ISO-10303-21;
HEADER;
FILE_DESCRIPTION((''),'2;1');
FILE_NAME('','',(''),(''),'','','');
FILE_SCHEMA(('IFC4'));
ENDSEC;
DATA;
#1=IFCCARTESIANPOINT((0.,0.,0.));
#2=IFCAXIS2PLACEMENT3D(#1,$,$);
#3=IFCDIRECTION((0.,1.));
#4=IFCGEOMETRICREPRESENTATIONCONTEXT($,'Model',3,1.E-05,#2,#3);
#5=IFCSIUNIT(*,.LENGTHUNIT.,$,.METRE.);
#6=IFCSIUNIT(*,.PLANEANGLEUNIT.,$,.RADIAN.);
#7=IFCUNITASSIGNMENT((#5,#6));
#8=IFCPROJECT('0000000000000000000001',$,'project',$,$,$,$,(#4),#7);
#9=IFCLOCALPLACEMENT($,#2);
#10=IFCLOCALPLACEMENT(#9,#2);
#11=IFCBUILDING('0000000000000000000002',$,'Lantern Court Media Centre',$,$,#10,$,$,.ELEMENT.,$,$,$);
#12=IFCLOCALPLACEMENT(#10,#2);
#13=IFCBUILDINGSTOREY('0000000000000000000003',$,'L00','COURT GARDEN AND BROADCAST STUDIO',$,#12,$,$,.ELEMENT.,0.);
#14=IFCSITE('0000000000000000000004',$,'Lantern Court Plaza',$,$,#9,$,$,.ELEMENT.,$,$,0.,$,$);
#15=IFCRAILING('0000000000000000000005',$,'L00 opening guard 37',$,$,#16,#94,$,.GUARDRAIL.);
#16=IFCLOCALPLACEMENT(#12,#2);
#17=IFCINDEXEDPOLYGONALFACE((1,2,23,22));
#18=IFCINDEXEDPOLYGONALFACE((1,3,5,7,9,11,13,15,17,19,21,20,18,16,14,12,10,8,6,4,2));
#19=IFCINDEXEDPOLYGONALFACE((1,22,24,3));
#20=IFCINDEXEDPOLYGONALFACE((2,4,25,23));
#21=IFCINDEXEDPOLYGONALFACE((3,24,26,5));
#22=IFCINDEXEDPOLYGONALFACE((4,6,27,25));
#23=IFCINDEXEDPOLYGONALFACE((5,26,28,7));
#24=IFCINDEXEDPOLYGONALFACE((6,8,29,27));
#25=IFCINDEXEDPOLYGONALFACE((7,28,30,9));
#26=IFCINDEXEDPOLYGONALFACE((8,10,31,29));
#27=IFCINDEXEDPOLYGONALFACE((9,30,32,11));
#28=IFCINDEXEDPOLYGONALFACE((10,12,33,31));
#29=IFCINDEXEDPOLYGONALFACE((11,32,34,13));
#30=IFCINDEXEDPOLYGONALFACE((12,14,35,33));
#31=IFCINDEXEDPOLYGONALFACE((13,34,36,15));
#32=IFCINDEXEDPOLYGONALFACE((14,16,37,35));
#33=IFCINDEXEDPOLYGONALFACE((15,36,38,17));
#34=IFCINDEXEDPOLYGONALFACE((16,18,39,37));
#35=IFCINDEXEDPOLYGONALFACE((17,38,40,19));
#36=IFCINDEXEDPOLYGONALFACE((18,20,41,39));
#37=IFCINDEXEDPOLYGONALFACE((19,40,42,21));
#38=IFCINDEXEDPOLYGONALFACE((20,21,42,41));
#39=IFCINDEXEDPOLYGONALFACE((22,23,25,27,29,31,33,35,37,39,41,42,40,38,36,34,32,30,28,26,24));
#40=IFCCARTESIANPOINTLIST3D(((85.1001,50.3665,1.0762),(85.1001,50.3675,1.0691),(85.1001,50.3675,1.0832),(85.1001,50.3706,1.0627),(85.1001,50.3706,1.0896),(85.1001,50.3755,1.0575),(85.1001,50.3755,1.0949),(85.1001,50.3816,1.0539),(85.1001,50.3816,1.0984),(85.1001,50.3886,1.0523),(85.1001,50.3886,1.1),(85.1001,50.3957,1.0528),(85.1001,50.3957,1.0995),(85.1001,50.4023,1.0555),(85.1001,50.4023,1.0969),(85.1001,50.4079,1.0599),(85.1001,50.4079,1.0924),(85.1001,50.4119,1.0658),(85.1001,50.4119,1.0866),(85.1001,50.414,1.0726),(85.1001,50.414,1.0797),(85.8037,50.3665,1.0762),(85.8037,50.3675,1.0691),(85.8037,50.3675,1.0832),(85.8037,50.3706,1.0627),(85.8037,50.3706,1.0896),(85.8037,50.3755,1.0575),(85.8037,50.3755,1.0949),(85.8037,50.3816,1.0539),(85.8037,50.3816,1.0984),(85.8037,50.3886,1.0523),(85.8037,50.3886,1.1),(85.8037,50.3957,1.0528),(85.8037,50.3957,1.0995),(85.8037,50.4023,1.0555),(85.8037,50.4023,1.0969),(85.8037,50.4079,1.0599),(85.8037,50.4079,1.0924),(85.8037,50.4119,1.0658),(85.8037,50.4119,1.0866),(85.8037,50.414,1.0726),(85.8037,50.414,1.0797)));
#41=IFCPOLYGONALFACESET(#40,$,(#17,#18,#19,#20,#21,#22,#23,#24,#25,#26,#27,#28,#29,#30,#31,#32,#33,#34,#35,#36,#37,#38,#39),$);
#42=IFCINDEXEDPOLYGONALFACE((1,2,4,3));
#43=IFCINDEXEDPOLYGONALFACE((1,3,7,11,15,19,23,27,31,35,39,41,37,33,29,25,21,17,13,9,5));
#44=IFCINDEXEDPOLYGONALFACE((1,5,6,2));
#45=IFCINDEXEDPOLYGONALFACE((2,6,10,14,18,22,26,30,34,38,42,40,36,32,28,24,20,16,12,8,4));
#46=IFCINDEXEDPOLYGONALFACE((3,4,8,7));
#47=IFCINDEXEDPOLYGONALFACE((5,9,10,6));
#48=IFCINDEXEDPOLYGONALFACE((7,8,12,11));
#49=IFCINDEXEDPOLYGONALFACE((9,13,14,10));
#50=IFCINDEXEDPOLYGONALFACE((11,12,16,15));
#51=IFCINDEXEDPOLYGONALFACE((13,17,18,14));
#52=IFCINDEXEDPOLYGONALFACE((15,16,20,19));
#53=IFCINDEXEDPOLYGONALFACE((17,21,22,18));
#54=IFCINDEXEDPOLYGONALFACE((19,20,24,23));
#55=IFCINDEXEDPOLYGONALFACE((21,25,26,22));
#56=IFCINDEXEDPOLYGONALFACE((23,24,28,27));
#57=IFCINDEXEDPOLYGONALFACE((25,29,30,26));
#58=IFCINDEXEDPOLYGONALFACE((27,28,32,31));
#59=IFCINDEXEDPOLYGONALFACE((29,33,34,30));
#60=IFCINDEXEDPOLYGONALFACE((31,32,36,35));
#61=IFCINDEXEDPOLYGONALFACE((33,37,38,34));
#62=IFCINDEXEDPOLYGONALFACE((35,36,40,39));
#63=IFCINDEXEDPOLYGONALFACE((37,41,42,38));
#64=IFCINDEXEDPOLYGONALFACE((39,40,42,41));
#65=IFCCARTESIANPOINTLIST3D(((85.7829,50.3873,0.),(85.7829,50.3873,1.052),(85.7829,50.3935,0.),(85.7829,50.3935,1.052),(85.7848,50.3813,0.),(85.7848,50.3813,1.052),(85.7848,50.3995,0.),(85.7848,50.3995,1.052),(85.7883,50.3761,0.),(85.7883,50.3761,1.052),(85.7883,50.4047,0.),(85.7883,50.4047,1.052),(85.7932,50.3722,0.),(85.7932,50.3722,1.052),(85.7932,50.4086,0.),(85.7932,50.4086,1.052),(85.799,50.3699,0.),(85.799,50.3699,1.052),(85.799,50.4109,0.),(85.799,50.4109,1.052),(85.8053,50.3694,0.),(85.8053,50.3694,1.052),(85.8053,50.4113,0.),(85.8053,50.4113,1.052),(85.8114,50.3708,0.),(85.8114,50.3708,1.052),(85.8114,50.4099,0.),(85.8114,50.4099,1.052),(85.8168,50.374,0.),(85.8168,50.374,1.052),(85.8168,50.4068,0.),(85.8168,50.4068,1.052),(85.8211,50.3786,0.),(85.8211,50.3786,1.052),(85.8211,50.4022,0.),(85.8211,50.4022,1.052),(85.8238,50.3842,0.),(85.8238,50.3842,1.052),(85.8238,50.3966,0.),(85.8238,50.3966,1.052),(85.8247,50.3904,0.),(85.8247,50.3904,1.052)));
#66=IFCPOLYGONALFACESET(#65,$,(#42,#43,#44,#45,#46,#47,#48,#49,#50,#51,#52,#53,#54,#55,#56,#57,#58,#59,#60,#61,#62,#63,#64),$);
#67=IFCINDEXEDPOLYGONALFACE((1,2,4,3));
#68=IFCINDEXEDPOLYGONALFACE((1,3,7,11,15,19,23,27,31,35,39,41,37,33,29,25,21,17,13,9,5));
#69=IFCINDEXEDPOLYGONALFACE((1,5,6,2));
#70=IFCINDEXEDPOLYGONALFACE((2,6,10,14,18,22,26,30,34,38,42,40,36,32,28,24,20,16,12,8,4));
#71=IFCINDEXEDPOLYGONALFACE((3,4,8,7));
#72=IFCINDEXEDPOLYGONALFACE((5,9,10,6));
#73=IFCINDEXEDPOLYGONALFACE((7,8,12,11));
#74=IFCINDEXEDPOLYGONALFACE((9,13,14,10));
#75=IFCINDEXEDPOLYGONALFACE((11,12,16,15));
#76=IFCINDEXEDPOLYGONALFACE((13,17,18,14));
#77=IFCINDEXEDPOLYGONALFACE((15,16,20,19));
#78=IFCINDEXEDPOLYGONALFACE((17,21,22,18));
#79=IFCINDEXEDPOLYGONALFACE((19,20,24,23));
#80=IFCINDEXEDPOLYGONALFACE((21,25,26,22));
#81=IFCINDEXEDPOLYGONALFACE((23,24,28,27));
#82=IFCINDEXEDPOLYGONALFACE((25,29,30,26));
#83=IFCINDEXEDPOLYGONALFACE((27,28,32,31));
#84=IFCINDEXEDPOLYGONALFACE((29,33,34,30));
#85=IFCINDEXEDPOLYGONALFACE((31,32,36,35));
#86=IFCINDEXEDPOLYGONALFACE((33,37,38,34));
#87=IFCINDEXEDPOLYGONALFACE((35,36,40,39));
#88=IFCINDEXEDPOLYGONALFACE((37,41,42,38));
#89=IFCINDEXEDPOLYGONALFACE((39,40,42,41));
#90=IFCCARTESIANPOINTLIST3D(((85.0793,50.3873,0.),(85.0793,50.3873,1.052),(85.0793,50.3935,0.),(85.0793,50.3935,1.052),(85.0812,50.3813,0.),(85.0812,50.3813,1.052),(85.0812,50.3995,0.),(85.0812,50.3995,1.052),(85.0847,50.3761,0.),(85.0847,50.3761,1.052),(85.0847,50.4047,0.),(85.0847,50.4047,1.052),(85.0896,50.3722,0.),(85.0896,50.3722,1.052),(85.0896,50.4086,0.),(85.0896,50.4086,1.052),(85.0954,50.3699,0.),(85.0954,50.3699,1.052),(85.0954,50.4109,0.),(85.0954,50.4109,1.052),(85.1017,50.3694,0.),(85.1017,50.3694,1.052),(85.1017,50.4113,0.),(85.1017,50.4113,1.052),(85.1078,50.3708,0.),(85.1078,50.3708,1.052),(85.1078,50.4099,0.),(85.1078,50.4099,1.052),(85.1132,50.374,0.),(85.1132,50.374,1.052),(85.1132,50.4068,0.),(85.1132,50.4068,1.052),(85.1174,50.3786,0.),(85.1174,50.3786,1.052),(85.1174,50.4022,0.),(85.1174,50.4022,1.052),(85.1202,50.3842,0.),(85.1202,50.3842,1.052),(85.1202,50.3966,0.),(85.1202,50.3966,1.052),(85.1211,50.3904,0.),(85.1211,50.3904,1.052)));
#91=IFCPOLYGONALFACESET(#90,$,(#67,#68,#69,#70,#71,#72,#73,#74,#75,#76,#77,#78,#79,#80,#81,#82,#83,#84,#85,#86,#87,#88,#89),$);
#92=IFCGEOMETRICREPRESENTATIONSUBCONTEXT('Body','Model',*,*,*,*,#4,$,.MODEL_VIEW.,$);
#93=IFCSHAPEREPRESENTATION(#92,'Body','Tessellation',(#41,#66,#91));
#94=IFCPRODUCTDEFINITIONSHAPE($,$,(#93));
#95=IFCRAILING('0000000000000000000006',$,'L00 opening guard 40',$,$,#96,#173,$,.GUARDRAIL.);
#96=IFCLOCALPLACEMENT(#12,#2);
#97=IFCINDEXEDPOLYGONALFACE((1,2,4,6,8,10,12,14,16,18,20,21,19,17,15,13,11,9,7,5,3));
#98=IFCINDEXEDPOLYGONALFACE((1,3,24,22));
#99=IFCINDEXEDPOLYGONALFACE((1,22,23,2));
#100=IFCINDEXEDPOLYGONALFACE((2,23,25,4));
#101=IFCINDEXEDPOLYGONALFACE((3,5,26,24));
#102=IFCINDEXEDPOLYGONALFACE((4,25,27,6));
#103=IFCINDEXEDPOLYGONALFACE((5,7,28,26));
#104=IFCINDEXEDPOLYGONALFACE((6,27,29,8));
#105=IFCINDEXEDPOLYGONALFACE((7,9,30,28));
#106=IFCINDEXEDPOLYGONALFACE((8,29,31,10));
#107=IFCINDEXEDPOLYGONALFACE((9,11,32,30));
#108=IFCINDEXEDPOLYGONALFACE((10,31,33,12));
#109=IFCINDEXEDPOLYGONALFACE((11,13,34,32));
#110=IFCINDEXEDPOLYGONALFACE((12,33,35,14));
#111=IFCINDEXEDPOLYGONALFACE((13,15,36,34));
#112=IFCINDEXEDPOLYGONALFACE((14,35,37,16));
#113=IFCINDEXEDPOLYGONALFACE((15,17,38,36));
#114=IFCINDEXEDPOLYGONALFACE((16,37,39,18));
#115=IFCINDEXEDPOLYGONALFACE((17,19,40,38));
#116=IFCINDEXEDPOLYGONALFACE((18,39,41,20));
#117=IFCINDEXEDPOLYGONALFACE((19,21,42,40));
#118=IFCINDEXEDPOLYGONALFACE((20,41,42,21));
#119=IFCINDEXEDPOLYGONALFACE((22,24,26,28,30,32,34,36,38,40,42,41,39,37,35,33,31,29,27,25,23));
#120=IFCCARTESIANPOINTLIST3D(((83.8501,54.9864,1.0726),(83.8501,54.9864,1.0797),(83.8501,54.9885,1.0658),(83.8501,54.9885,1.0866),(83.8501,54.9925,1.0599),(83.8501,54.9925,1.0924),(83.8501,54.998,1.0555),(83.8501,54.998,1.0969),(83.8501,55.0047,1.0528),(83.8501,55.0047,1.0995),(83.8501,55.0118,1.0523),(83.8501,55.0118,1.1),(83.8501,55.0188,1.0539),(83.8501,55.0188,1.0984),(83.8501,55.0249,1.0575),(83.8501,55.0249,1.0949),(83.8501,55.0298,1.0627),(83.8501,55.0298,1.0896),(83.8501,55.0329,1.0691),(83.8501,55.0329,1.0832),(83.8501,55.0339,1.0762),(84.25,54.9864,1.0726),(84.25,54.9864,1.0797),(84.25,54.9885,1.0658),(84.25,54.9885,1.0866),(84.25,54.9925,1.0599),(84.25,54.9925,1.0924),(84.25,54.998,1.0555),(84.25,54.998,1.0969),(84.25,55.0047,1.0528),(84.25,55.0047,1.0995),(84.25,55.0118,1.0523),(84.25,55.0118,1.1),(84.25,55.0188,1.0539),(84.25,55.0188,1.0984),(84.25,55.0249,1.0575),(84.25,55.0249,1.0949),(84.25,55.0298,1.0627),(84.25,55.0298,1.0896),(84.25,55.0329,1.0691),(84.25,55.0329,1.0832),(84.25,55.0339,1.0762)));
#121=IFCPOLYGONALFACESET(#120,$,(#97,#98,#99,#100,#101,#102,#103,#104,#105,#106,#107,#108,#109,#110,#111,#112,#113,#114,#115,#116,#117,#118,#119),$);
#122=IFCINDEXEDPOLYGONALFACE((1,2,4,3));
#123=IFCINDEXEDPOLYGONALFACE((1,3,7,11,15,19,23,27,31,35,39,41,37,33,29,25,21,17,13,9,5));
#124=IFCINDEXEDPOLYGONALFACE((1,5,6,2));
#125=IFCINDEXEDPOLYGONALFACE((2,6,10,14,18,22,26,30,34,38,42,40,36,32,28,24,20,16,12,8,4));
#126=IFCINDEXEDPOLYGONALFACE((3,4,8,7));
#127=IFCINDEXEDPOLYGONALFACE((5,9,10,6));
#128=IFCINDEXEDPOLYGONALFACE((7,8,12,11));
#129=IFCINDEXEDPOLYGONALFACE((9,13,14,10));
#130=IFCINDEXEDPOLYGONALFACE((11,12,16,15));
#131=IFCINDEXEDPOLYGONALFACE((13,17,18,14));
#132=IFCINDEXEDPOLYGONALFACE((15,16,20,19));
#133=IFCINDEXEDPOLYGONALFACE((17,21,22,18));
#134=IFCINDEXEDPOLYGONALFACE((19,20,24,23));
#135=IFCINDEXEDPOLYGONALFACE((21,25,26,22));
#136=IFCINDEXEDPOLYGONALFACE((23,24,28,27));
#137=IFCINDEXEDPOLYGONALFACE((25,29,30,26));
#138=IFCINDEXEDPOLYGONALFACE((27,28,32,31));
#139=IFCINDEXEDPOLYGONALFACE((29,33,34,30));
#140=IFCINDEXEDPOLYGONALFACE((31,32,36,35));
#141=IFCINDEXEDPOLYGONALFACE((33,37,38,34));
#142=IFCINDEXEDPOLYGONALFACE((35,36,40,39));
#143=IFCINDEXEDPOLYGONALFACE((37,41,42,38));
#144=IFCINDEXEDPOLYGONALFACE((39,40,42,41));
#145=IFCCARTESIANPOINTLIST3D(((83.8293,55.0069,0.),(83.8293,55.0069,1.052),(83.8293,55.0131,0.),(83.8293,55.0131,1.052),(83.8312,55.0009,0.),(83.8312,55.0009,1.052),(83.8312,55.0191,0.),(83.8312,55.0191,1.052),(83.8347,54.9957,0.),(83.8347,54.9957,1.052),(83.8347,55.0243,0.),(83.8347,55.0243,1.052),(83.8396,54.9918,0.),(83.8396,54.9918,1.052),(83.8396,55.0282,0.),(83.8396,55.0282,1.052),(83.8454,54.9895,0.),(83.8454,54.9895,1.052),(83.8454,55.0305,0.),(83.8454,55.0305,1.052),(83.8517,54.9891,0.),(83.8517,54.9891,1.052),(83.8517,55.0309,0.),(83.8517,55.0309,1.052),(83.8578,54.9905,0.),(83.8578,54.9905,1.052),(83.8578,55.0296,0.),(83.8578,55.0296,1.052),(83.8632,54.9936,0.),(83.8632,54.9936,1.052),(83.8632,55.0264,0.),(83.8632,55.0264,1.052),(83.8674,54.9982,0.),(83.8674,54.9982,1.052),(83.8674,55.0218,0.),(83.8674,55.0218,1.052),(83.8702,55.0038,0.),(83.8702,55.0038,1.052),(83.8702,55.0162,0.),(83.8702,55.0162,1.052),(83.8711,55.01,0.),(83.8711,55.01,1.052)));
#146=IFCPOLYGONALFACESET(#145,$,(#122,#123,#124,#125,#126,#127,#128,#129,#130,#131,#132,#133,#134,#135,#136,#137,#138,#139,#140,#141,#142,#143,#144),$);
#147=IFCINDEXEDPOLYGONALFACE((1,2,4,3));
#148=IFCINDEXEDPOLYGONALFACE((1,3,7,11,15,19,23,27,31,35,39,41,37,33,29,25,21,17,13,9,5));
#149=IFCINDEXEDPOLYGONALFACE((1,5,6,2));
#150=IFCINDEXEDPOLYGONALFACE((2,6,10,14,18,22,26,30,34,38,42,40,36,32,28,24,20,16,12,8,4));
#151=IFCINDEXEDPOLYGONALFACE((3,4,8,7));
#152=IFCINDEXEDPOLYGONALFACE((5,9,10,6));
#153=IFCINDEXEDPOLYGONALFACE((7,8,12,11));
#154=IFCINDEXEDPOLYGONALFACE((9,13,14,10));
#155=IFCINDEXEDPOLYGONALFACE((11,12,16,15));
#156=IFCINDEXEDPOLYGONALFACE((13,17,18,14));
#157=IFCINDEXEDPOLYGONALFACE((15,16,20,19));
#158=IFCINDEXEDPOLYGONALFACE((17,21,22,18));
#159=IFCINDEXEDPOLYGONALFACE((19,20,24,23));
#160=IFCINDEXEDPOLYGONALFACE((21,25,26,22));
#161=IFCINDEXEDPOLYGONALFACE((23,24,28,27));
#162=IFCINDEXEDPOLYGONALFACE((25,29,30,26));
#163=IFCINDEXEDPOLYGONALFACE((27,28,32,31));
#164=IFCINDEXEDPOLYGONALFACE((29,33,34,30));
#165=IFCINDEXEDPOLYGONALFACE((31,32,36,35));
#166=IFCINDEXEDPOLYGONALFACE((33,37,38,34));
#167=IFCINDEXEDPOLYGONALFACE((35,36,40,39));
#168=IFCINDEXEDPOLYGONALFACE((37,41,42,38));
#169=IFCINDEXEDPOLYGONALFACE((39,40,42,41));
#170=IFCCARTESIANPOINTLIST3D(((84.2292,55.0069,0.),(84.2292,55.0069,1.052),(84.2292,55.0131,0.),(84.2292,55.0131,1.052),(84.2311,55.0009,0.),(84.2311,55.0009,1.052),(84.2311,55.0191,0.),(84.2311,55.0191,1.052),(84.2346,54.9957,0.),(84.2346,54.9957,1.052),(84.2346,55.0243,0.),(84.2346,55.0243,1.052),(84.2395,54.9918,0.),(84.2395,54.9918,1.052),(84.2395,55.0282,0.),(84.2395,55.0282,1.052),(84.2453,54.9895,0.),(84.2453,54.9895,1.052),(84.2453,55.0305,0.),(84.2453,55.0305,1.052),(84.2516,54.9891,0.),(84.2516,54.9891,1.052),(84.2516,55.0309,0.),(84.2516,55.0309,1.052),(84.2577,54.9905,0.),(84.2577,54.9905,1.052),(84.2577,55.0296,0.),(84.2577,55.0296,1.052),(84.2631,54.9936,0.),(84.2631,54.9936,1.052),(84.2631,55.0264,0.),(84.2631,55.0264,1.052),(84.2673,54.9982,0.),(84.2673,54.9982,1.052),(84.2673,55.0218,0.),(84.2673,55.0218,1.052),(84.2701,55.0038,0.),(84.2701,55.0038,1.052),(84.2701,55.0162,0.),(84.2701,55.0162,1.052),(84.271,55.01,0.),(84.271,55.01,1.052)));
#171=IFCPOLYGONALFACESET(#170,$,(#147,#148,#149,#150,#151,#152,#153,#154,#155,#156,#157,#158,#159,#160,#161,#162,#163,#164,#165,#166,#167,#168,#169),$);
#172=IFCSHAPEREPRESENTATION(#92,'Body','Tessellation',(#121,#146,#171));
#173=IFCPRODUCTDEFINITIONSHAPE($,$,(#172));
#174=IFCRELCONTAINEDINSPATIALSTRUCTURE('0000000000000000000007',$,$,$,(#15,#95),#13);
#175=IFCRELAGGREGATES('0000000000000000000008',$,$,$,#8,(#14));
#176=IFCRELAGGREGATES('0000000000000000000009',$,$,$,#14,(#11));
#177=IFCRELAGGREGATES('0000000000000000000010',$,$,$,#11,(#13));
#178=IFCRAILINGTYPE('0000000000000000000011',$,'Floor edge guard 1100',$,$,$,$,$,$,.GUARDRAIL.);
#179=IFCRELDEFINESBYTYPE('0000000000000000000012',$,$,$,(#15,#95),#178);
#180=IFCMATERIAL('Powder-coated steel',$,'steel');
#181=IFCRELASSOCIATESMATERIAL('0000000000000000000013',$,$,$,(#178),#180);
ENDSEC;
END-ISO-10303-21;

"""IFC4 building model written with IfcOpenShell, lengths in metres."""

from ifc_helpers import new_model, si_unit, direction, frame, origin, origin_2d, place, context, subcontext, project, spatial, circle, extrude, material, type_object, element, save


model = new_model("IFC4")

# Units and contexts
model_context = context("Model", 3, precision=1e-05, world=origin(), true_north=direction((0.0, 1.0)))
body_context = subcontext(model_context, "Body", "Model", "MODEL_VIEW")
ifc_project = project(units=[si_unit("LENGTHUNIT", "METRE"), si_unit("PLANEANGLEUNIT", "RADIAN")], contexts=[model_context])

# Site, building, storey
site_placement = place(None, origin())
site = spatial("IfcSite", under=ifc_project, at=site_placement, Name="Lantern Court Plaza", CompositionType="ELEMENT", RefElevation=0.0)
building_placement = place(site_placement, origin())
building = spatial("IfcBuilding", under=site, at=building_placement, Name="Lantern Court Media Centre", CompositionType="ELEMENT")
storey_placement = place(building_placement, origin())
storey = spatial("IfcBuildingStorey", under=building, at=storey_placement, Name="L00", Description="COURT GARDEN AND BROADCAST STUDIO", CompositionType="ELEMENT", Elevation=0.0)

# Railings
ifc_material_1 = material(Name="Powder-coated steel", Category="steel")
railing_type_1 = type_object("IfcRailingType", Name="Floor edge guard 1100", PredefinedType="GUARDRAIL", material=ifc_material_1)
railing_1_placement = place(storey_placement, frame((85.8037, 50.3904, 0.0)))
element("IfcRailing", 1, at=railing_1_placement, inside=storey, type_object=railing_type_1, Name="L00 opening guard 37", PredefinedType="GUARDRAIL", context=body_context, shape_type="SweptSolid", body=[
    extrude(circle(Radius=0.0239, at=origin_2d()), frame((0.0, 0.0, 1.0762), z_axis=(-1.0, 0.0, 0.0), x_axis=(0.0, -1.0, 0.0)), (0.0, 0.0, 1.0), 0.7036),
    extrude(circle(Radius=0.021, at=origin_2d()), origin(), (0.0, 0.0, 1.0), 1.052),
    extrude(circle(Radius=0.021, at=origin_2d()), frame((-0.7036, 0.0, 0.0)), (0.0, 0.0, 1.0), 1.052),
])
railing_2_placement = place(storey_placement, frame((83.8501, 55.01, 0.0)))
element("IfcRailing", 2, at=railing_2_placement, inside=storey, type_object=railing_type_1, Name="L00 opening guard 40", PredefinedType="GUARDRAIL", context=body_context, shape_type="SweptSolid", body=[
    extrude(circle(Radius=0.0239, at=origin_2d()), frame((0.0, 0.0, 1.0762), z_axis=(1.0, 0.0, 0.0), x_axis=(0.0, 1.0, 0.0)), (0.0, 0.0, 1.0), 0.3999),
    extrude(circle(Radius=0.021, at=origin_2d()), origin(), (0.0, 0.0, 1.0), 1.052),
    extrude(circle(Radius=0.021, at=origin_2d()), frame((0.3999, 0.0, 0.0)), (0.0, 0.0, 1.0), 1.052),
])

save(model, "model.ifc")
